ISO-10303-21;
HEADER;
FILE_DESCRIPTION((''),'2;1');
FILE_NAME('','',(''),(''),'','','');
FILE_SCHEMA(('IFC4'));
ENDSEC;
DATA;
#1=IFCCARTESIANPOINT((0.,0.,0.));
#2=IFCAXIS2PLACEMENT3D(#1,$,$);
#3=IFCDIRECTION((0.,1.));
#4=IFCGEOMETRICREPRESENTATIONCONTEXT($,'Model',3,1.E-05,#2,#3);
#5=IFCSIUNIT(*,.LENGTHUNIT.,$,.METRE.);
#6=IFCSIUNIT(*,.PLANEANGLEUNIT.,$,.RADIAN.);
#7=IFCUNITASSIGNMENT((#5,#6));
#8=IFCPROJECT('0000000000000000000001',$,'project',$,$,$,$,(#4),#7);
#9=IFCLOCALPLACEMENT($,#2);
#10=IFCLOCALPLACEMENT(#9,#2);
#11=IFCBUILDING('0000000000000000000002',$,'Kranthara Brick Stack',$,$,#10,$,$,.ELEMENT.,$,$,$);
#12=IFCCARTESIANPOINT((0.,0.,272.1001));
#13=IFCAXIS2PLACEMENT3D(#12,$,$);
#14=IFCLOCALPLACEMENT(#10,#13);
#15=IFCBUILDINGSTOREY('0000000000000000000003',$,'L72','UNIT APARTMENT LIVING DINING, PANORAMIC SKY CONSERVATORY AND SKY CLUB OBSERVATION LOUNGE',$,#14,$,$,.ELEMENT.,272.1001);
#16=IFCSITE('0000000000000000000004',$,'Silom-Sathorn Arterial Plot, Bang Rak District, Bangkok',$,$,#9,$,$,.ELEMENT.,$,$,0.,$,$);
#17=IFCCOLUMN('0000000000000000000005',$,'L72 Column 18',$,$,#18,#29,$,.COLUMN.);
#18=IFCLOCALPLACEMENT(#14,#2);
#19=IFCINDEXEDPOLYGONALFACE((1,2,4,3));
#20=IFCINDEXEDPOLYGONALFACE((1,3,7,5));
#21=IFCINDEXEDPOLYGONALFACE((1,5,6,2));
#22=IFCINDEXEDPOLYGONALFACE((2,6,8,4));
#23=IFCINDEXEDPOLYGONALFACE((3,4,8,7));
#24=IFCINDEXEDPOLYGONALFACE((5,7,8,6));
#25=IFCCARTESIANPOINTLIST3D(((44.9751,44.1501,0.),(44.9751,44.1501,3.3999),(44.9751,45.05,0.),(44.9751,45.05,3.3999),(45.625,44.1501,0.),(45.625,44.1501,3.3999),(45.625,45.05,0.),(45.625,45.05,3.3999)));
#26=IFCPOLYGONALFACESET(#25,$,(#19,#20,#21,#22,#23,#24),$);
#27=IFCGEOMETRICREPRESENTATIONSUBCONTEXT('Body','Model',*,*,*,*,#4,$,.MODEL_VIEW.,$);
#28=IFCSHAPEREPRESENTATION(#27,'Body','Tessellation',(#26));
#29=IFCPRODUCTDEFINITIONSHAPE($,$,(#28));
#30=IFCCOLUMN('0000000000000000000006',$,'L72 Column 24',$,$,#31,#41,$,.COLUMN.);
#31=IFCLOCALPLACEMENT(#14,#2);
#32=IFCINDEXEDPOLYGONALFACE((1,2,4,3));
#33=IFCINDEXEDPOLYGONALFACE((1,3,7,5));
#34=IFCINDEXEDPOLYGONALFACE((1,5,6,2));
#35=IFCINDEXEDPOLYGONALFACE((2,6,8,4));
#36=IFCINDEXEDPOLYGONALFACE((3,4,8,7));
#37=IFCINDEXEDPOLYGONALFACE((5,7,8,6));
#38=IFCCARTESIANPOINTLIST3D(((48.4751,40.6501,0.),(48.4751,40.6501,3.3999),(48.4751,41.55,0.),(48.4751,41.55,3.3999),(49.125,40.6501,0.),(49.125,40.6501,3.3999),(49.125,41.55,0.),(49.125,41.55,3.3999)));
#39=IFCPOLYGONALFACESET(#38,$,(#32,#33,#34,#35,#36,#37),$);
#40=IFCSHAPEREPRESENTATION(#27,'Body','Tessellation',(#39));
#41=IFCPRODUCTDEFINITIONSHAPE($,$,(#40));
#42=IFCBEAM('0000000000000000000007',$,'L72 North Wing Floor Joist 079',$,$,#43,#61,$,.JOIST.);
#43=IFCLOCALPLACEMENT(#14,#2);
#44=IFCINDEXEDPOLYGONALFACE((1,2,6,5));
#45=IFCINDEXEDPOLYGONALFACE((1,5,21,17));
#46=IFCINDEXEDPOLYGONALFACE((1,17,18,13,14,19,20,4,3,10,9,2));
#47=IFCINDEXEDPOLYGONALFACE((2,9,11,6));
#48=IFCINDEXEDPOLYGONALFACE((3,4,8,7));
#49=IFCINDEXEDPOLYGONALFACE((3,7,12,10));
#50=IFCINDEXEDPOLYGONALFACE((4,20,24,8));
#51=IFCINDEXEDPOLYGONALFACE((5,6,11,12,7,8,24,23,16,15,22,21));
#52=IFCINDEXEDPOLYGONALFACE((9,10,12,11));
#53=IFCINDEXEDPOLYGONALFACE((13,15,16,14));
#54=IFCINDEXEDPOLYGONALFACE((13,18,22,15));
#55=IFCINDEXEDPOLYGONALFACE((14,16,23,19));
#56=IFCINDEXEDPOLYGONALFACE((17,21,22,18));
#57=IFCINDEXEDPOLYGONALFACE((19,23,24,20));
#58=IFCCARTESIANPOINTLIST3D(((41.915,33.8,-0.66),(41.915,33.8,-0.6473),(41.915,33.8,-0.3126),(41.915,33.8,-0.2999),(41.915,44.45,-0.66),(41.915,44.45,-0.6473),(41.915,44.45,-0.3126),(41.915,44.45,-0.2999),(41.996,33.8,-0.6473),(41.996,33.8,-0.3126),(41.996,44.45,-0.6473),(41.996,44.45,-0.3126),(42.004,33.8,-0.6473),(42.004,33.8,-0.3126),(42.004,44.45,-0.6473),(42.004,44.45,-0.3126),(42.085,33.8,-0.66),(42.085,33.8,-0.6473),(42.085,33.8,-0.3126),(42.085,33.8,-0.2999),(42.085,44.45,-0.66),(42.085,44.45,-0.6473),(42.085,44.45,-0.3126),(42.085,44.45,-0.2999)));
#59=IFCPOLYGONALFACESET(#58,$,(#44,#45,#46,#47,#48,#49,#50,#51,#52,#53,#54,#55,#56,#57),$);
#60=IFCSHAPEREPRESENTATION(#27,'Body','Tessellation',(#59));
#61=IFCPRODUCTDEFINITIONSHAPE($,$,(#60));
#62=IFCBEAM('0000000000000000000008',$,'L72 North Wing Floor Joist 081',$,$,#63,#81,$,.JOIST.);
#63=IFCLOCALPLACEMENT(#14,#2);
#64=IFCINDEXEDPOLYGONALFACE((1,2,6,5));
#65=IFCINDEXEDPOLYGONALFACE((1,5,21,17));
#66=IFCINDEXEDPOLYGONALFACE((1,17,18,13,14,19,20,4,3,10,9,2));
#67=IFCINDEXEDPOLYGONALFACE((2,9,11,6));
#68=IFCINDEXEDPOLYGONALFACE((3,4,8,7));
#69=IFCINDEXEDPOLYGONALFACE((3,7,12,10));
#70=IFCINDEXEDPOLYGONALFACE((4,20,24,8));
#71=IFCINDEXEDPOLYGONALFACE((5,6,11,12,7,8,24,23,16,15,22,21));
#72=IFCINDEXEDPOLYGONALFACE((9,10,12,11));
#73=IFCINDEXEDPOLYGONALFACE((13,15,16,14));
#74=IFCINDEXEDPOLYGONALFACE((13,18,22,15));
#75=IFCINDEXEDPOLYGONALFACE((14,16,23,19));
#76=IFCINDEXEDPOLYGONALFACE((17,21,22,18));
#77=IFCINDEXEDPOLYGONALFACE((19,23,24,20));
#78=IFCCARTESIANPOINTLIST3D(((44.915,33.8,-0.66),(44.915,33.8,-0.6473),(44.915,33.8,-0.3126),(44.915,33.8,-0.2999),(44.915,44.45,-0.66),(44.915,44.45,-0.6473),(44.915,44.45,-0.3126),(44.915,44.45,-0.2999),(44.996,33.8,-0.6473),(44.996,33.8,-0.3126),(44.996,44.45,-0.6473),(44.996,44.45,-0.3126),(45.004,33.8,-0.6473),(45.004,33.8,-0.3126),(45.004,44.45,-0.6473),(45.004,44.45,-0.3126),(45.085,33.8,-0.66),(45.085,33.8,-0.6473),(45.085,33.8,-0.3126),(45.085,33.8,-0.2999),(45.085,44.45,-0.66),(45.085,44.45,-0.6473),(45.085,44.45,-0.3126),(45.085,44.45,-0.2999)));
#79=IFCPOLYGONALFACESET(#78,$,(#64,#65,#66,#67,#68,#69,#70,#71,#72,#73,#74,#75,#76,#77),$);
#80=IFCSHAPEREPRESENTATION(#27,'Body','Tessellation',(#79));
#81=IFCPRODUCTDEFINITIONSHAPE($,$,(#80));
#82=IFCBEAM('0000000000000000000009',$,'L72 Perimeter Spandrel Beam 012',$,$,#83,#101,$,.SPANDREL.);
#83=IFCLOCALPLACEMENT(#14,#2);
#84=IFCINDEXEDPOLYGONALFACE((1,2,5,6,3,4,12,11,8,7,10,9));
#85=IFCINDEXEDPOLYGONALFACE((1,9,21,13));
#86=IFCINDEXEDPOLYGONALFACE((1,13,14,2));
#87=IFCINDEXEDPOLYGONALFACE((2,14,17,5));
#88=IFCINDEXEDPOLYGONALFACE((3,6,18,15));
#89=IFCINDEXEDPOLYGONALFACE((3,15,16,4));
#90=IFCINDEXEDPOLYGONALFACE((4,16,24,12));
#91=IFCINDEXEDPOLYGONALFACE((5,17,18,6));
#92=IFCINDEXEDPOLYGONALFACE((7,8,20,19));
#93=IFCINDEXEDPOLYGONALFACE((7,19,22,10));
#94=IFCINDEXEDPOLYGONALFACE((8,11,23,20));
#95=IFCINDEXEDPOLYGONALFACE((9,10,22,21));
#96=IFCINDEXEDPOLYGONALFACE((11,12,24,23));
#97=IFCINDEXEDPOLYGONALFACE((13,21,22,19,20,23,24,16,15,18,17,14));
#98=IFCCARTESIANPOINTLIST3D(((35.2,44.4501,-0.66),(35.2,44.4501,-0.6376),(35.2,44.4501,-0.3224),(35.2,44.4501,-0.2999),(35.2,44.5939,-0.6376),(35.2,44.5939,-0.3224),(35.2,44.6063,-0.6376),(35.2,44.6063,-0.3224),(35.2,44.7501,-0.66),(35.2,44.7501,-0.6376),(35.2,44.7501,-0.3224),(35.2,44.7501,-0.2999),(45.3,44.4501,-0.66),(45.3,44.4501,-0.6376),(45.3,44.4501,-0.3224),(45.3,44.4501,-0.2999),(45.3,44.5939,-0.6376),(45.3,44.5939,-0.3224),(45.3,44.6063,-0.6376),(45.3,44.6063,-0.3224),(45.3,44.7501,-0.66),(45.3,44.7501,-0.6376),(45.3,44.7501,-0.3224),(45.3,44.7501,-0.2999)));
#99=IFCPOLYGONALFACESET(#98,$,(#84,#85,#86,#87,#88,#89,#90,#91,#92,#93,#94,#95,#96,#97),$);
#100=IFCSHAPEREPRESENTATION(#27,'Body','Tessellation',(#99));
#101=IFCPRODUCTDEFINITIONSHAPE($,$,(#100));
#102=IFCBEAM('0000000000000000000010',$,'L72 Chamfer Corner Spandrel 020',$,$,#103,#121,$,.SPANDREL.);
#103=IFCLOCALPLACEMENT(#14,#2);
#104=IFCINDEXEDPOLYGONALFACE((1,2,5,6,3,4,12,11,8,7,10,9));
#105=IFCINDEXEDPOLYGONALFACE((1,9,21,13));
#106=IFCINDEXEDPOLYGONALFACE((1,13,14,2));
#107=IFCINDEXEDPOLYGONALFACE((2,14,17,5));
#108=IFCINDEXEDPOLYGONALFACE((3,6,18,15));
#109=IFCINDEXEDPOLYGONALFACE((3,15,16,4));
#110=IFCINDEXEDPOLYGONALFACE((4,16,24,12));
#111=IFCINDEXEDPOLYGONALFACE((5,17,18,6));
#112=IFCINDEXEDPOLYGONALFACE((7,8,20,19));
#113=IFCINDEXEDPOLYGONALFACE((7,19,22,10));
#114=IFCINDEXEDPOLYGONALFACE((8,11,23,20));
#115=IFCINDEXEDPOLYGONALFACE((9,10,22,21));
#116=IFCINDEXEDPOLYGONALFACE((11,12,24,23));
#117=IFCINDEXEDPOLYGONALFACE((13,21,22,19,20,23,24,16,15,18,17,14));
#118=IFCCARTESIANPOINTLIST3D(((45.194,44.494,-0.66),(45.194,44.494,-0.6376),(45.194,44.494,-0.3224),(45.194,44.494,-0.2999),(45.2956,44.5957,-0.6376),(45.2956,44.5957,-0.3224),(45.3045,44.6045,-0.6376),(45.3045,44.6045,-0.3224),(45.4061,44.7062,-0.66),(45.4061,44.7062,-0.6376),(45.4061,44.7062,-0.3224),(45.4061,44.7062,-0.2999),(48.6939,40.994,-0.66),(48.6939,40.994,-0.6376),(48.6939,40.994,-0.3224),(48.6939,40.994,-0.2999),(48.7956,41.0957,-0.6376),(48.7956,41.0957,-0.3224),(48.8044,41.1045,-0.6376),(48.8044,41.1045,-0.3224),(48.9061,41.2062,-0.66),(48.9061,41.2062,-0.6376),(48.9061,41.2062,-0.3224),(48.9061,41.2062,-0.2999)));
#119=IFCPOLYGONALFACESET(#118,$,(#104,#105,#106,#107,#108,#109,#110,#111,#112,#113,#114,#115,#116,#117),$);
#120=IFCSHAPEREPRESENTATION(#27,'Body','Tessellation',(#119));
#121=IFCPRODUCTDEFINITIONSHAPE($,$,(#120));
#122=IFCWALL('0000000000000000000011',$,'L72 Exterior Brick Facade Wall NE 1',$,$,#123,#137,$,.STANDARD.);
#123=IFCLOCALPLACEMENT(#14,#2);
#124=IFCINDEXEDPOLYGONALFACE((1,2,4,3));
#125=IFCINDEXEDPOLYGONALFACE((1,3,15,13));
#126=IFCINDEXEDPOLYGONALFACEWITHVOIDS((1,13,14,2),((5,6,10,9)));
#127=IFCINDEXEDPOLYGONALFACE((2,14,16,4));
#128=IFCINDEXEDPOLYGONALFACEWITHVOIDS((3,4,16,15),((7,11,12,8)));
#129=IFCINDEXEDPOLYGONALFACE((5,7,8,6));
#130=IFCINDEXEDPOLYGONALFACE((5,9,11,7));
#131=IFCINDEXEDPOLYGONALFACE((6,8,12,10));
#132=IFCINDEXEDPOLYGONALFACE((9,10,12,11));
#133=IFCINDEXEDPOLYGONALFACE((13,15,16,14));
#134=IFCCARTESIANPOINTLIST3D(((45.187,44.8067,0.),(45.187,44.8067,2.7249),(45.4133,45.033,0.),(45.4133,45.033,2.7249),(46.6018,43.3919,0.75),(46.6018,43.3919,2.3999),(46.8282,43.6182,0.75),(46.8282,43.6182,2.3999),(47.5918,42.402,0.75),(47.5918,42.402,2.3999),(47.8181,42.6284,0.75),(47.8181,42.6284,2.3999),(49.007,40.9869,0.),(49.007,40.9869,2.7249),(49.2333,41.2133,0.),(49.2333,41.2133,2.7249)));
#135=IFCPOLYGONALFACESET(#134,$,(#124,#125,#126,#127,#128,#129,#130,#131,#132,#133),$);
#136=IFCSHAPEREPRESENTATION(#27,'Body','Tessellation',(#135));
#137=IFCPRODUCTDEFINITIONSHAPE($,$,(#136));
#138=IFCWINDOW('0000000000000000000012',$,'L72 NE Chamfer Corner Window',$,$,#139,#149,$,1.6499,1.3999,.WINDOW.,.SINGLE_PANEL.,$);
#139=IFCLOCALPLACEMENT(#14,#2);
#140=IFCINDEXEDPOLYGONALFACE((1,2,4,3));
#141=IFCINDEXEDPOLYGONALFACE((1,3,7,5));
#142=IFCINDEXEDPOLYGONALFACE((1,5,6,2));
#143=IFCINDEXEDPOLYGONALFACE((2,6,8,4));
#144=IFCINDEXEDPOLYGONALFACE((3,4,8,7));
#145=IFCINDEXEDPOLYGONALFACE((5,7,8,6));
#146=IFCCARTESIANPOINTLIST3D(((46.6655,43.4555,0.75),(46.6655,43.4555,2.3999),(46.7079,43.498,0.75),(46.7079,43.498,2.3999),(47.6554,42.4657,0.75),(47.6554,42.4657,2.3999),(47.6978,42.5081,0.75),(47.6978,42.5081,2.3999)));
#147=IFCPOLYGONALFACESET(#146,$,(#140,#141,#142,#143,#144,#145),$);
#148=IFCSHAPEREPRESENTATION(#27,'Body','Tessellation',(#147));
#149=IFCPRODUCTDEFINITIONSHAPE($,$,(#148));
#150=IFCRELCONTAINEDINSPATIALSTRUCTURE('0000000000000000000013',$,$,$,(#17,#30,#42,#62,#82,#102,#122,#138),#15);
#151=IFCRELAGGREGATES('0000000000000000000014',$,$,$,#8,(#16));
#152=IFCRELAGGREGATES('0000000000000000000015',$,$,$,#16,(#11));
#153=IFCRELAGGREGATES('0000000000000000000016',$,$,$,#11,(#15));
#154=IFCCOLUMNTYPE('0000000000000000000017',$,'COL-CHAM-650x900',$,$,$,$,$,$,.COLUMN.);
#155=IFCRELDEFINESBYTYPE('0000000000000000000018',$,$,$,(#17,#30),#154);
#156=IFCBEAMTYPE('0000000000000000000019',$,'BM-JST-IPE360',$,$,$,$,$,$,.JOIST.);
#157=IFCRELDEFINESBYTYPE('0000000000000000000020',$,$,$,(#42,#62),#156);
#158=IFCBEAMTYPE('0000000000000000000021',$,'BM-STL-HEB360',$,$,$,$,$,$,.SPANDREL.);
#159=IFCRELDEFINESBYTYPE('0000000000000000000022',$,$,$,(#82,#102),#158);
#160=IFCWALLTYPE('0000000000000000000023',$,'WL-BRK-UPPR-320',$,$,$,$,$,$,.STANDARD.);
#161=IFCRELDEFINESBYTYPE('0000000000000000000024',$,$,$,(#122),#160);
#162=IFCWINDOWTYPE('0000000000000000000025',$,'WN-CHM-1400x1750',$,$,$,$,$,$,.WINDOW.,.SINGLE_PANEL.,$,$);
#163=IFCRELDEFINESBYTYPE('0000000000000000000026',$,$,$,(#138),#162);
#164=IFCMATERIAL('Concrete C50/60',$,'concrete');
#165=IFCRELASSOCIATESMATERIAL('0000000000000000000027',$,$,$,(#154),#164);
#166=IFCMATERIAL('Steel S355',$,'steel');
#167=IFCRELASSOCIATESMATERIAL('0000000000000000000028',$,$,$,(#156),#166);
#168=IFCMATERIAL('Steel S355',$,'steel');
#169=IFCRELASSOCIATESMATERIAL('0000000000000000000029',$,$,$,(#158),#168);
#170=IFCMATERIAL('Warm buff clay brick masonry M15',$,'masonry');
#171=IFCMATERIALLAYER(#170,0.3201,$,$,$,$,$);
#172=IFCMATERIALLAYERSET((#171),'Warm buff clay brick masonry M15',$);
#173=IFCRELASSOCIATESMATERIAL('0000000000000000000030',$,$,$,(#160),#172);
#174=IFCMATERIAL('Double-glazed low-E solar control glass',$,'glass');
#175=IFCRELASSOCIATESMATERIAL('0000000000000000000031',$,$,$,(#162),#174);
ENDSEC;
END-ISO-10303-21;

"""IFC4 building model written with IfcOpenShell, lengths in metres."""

from ifc_helpers import new_model, si_unit, direction, frame, frame_2d, origin, origin_2d, place, context, subcontext, project, spatial, rectangle, i_section, extrude, material, layer, layer_set, material_profile, profile_set, type_object, element, fill, save


model = new_model("IFC4")

# Units and contexts
model_context = context("Model", 3, precision=1e-05, world=origin(), true_north=direction((0.0, 1.0)))
body_context = subcontext(model_context, "Body", "Model", "MODEL_VIEW")
ifc_project = project(units=[si_unit("LENGTHUNIT", "METRE"), si_unit("PLANEANGLEUNIT", "RADIAN")], contexts=[model_context])

# Site, building, storey
site_placement = place(None, origin())
site = spatial("IfcSite", under=ifc_project, at=site_placement, Name="Silom-Sathorn Arterial Plot, Bang Rak District, Bangkok", CompositionType="ELEMENT", RefElevation=0.0)
building_placement = place(site_placement, origin())
building = spatial("IfcBuilding", under=site, at=building_placement, Name="Kranthara Brick Stack", CompositionType="ELEMENT")
storey_placement = place(building_placement, frame((0.0, 0.0, 272.1001)))
storey = spatial("IfcBuildingStorey", under=building, at=storey_placement, Name="L72", Description="UNIT APARTMENT LIVING DINING, PANORAMIC SKY CONSERVATORY AND SKY CLUB OBSERVATION LOUNGE", CompositionType="ELEMENT", Elevation=272.1001)

# Columns
ifc_material_1 = material(Name="Concrete C50/60", Category="concrete")
ifc_material_profile_1 = material_profile(ifc_material_1, rectangle(XDim=0.6499, YDim=0.8999, at=origin_2d()), Name="RC 650x900")
ifc_profile_set_1 = profile_set([ifc_material_profile_1], Name="Concrete C50/60")
column_type = type_object("IfcColumnType", Name="COL-CHAM-650x900", PredefinedType="COLUMN", material=ifc_profile_set_1)
for number, where, z_axis, x_axis, name in (
    (1, (45.3, 44.6001, 0.0), (0.0, 0.0, 1.0), (1.0, 0.0, 0.0), "L72 Column 18"),
    (2, (48.8, 41.1001, 0.0), (0.0, 0.0, 1.0), (1.0, 0.0, 0.0), "L72 Column 24"),
):
    element("IfcColumn", number, at=place(storey_placement, frame(where, z_axis=z_axis, x_axis=x_axis)), inside=storey, type_object=column_type, Name=name, PredefinedType="COLUMN", context=body_context, shape_type="SweptSolid", body=[
        extrude(rectangle(XDim=0.6499, YDim=0.8999, at=origin_2d()), origin(), (0.0, 0.0, 1.0), 3.3999),
    ])

# Beams
ifc_material_2 = material(Name="Steel S355", Category="steel")
ifc_material_profile_2 = material_profile(ifc_material_2, i_section(OverallWidth=0.1699, OverallDepth=0.3601, WebThickness=0.0081, FlangeThickness=0.0127, at=origin_2d()), Name="IPE 360")
ifc_profile_set_2 = profile_set([ifc_material_profile_2], Name="Steel S355")
beam_type_1 = type_object("IfcBeamType", Name="BM-JST-IPE360", PredefinedType="JOIST", material=ifc_profile_set_2)
for number, where, z_axis, x_axis, name in (
    (3, (42.0, 33.8, -0.48), (0.0, 1.0, 0.0), (-1.0, 0.0, 0.0), "L72 North Wing Floor Joist 079"),
    (4, (45.0, 33.8, -0.48), (0.0, 1.0, 0.0), (-1.0, 0.0, 0.0), "L72 North Wing Floor Joist 081"),
):
    element("IfcBeam", number, at=place(storey_placement, frame(where, z_axis=z_axis, x_axis=x_axis)), inside=storey, type_object=beam_type_1, Name=name, PredefinedType="JOIST", context=body_context, shape_type="SweptSolid", body=[
        extrude(i_section(OverallWidth=0.1699, OverallDepth=0.3601, WebThickness=0.0081, FlangeThickness=0.0127, at=origin_2d()), origin(), (0.0, 0.0, 1.0), 10.6499),
    ])
ifc_material_3 = material(Name="Steel S355", Category="steel")
ifc_material_profile_3 = material_profile(ifc_material_3, i_section(OverallWidth=0.3, OverallDepth=0.3601, WebThickness=0.0125, FlangeThickness=0.0225, at=origin_2d()), Name="HEB 360")
ifc_profile_set_3 = profile_set([ifc_material_profile_3], Name="Steel S355")
beam_type_2 = type_object("IfcBeamType", Name="BM-STL-HEB360", PredefinedType="SPANDREL", material=ifc_profile_set_3)
beam_1_placement = place(storey_placement, frame((35.2, 44.6001, -0.48), z_axis=(1.0, 0.0, 0.0), x_axis=(0.0, 1.0, 0.0)))
element("IfcBeam", 5, at=beam_1_placement, inside=storey, type_object=beam_type_2, Name="L72 Perimeter Spandrel Beam 012", PredefinedType="SPANDREL", context=body_context, shape_type="SweptSolid", body=[
    extrude(i_section(OverallWidth=0.3, OverallDepth=0.3601, WebThickness=0.0125, FlangeThickness=0.0225, at=origin_2d()), origin(), (0.0, 0.0, 1.0), 10.1001),
])
beam_2_placement = place(storey_placement, frame((45.3, 44.6001, -0.48), z_axis=(0.707107, -0.707107, 0.0), x_axis=(0.707107, 0.707107, 0.0)))
element("IfcBeam", 6, at=beam_2_placement, inside=storey, type_object=beam_type_2, Name="L72 Chamfer Corner Spandrel 020", PredefinedType="SPANDREL", context=body_context, shape_type="SweptSolid", body=[
    extrude(i_section(OverallWidth=0.3, OverallDepth=0.3601, WebThickness=0.0125, FlangeThickness=0.0225, at=origin_2d()), origin(), (0.0, 0.0, 1.0), 4.9497),
])

# Wall, opening, window
ifc_material_4 = material(Name="Warm buff clay brick masonry M15", Category="masonry")
ifc_layer_1 = layer(ifc_material_4, 0.3201)
ifc_layer_set_1 = layer_set([ifc_layer_1], Name="Warm buff clay brick masonry M15")
wall_type_1 = type_object("IfcWallType", Name="WL-BRK-UPPR-320", PredefinedType="STANDARD", material=ifc_layer_set_1)
wall_1_placement = place(storey_placement, frame((45.3, 44.9199, 0.0), z_axis=(0.0, 0.0, 1.0), x_axis=(0.707129, -0.707084, 0.0)))
wall_1 = element("IfcWall", 7, at=wall_1_placement, inside=storey, type_object=wall_type_1, Name="L72 Exterior Brick Facade Wall NE 1", PredefinedType="STANDARD", context=body_context, shape_type="SweptSolid", body=[
    extrude(rectangle(XDim=5.4021, YDim=0.3201, at=frame_2d((2.7012, 0.0))), origin(), (0.0, 0.0, 1.0), 2.7249),
])
opening_1_placement = place(wall_1_placement, frame((2.001, 0.0, 0.75)))
opening_1 = element("IfcOpeningElement", 8, at=opening_1_placement, cuts=wall_1, PredefinedType="OPENING", context=body_context, shape_type="SweptSolid", body=[
    extrude(rectangle(XDim=1.3999, YDim=1.6499, at=frame_2d((0.7, 0.825))), frame((0.0, 0.1699, 0.0), z_axis=(0.0, -1.0, 0.0), x_axis=(1.0, 0.0, 0.0)), (0.0, 0.0, 1.0), 0.3401),
])
ifc_material_5 = material(Name="Double-glazed low-E solar control glass", Category="glass")
window_type_1 = type_object("IfcWindowType", Name="WN-CHM-1400x1750", PartitioningType="SINGLE_PANEL", PredefinedType="WINDOW", material=ifc_material_5)
window_1_placement = place(opening_1_placement, origin())
window_1 = element("IfcWindow", 9, at=window_1_placement, inside=storey, type_object=window_type_1, Name="L72 NE Chamfer Corner Window", OverallHeight=1.6499, OverallWidth=1.3999, PartitioningType="SINGLE_PANEL", PredefinedType="WINDOW", context=body_context, shape_type="SweptSolid", body=[
    extrude(rectangle(XDim=1.3999, YDim=1.6499, at=frame_2d((0.7, 0.825))), frame((0.0, -0.01, 0.0), z_axis=(0.0, -1.0, 0.0), x_axis=(1.0, 0.0, 0.0)), (0.0, 0.0, 1.0), 0.0601),
])
fill(opening_1, window_1)

save(model, "model.ifc")
